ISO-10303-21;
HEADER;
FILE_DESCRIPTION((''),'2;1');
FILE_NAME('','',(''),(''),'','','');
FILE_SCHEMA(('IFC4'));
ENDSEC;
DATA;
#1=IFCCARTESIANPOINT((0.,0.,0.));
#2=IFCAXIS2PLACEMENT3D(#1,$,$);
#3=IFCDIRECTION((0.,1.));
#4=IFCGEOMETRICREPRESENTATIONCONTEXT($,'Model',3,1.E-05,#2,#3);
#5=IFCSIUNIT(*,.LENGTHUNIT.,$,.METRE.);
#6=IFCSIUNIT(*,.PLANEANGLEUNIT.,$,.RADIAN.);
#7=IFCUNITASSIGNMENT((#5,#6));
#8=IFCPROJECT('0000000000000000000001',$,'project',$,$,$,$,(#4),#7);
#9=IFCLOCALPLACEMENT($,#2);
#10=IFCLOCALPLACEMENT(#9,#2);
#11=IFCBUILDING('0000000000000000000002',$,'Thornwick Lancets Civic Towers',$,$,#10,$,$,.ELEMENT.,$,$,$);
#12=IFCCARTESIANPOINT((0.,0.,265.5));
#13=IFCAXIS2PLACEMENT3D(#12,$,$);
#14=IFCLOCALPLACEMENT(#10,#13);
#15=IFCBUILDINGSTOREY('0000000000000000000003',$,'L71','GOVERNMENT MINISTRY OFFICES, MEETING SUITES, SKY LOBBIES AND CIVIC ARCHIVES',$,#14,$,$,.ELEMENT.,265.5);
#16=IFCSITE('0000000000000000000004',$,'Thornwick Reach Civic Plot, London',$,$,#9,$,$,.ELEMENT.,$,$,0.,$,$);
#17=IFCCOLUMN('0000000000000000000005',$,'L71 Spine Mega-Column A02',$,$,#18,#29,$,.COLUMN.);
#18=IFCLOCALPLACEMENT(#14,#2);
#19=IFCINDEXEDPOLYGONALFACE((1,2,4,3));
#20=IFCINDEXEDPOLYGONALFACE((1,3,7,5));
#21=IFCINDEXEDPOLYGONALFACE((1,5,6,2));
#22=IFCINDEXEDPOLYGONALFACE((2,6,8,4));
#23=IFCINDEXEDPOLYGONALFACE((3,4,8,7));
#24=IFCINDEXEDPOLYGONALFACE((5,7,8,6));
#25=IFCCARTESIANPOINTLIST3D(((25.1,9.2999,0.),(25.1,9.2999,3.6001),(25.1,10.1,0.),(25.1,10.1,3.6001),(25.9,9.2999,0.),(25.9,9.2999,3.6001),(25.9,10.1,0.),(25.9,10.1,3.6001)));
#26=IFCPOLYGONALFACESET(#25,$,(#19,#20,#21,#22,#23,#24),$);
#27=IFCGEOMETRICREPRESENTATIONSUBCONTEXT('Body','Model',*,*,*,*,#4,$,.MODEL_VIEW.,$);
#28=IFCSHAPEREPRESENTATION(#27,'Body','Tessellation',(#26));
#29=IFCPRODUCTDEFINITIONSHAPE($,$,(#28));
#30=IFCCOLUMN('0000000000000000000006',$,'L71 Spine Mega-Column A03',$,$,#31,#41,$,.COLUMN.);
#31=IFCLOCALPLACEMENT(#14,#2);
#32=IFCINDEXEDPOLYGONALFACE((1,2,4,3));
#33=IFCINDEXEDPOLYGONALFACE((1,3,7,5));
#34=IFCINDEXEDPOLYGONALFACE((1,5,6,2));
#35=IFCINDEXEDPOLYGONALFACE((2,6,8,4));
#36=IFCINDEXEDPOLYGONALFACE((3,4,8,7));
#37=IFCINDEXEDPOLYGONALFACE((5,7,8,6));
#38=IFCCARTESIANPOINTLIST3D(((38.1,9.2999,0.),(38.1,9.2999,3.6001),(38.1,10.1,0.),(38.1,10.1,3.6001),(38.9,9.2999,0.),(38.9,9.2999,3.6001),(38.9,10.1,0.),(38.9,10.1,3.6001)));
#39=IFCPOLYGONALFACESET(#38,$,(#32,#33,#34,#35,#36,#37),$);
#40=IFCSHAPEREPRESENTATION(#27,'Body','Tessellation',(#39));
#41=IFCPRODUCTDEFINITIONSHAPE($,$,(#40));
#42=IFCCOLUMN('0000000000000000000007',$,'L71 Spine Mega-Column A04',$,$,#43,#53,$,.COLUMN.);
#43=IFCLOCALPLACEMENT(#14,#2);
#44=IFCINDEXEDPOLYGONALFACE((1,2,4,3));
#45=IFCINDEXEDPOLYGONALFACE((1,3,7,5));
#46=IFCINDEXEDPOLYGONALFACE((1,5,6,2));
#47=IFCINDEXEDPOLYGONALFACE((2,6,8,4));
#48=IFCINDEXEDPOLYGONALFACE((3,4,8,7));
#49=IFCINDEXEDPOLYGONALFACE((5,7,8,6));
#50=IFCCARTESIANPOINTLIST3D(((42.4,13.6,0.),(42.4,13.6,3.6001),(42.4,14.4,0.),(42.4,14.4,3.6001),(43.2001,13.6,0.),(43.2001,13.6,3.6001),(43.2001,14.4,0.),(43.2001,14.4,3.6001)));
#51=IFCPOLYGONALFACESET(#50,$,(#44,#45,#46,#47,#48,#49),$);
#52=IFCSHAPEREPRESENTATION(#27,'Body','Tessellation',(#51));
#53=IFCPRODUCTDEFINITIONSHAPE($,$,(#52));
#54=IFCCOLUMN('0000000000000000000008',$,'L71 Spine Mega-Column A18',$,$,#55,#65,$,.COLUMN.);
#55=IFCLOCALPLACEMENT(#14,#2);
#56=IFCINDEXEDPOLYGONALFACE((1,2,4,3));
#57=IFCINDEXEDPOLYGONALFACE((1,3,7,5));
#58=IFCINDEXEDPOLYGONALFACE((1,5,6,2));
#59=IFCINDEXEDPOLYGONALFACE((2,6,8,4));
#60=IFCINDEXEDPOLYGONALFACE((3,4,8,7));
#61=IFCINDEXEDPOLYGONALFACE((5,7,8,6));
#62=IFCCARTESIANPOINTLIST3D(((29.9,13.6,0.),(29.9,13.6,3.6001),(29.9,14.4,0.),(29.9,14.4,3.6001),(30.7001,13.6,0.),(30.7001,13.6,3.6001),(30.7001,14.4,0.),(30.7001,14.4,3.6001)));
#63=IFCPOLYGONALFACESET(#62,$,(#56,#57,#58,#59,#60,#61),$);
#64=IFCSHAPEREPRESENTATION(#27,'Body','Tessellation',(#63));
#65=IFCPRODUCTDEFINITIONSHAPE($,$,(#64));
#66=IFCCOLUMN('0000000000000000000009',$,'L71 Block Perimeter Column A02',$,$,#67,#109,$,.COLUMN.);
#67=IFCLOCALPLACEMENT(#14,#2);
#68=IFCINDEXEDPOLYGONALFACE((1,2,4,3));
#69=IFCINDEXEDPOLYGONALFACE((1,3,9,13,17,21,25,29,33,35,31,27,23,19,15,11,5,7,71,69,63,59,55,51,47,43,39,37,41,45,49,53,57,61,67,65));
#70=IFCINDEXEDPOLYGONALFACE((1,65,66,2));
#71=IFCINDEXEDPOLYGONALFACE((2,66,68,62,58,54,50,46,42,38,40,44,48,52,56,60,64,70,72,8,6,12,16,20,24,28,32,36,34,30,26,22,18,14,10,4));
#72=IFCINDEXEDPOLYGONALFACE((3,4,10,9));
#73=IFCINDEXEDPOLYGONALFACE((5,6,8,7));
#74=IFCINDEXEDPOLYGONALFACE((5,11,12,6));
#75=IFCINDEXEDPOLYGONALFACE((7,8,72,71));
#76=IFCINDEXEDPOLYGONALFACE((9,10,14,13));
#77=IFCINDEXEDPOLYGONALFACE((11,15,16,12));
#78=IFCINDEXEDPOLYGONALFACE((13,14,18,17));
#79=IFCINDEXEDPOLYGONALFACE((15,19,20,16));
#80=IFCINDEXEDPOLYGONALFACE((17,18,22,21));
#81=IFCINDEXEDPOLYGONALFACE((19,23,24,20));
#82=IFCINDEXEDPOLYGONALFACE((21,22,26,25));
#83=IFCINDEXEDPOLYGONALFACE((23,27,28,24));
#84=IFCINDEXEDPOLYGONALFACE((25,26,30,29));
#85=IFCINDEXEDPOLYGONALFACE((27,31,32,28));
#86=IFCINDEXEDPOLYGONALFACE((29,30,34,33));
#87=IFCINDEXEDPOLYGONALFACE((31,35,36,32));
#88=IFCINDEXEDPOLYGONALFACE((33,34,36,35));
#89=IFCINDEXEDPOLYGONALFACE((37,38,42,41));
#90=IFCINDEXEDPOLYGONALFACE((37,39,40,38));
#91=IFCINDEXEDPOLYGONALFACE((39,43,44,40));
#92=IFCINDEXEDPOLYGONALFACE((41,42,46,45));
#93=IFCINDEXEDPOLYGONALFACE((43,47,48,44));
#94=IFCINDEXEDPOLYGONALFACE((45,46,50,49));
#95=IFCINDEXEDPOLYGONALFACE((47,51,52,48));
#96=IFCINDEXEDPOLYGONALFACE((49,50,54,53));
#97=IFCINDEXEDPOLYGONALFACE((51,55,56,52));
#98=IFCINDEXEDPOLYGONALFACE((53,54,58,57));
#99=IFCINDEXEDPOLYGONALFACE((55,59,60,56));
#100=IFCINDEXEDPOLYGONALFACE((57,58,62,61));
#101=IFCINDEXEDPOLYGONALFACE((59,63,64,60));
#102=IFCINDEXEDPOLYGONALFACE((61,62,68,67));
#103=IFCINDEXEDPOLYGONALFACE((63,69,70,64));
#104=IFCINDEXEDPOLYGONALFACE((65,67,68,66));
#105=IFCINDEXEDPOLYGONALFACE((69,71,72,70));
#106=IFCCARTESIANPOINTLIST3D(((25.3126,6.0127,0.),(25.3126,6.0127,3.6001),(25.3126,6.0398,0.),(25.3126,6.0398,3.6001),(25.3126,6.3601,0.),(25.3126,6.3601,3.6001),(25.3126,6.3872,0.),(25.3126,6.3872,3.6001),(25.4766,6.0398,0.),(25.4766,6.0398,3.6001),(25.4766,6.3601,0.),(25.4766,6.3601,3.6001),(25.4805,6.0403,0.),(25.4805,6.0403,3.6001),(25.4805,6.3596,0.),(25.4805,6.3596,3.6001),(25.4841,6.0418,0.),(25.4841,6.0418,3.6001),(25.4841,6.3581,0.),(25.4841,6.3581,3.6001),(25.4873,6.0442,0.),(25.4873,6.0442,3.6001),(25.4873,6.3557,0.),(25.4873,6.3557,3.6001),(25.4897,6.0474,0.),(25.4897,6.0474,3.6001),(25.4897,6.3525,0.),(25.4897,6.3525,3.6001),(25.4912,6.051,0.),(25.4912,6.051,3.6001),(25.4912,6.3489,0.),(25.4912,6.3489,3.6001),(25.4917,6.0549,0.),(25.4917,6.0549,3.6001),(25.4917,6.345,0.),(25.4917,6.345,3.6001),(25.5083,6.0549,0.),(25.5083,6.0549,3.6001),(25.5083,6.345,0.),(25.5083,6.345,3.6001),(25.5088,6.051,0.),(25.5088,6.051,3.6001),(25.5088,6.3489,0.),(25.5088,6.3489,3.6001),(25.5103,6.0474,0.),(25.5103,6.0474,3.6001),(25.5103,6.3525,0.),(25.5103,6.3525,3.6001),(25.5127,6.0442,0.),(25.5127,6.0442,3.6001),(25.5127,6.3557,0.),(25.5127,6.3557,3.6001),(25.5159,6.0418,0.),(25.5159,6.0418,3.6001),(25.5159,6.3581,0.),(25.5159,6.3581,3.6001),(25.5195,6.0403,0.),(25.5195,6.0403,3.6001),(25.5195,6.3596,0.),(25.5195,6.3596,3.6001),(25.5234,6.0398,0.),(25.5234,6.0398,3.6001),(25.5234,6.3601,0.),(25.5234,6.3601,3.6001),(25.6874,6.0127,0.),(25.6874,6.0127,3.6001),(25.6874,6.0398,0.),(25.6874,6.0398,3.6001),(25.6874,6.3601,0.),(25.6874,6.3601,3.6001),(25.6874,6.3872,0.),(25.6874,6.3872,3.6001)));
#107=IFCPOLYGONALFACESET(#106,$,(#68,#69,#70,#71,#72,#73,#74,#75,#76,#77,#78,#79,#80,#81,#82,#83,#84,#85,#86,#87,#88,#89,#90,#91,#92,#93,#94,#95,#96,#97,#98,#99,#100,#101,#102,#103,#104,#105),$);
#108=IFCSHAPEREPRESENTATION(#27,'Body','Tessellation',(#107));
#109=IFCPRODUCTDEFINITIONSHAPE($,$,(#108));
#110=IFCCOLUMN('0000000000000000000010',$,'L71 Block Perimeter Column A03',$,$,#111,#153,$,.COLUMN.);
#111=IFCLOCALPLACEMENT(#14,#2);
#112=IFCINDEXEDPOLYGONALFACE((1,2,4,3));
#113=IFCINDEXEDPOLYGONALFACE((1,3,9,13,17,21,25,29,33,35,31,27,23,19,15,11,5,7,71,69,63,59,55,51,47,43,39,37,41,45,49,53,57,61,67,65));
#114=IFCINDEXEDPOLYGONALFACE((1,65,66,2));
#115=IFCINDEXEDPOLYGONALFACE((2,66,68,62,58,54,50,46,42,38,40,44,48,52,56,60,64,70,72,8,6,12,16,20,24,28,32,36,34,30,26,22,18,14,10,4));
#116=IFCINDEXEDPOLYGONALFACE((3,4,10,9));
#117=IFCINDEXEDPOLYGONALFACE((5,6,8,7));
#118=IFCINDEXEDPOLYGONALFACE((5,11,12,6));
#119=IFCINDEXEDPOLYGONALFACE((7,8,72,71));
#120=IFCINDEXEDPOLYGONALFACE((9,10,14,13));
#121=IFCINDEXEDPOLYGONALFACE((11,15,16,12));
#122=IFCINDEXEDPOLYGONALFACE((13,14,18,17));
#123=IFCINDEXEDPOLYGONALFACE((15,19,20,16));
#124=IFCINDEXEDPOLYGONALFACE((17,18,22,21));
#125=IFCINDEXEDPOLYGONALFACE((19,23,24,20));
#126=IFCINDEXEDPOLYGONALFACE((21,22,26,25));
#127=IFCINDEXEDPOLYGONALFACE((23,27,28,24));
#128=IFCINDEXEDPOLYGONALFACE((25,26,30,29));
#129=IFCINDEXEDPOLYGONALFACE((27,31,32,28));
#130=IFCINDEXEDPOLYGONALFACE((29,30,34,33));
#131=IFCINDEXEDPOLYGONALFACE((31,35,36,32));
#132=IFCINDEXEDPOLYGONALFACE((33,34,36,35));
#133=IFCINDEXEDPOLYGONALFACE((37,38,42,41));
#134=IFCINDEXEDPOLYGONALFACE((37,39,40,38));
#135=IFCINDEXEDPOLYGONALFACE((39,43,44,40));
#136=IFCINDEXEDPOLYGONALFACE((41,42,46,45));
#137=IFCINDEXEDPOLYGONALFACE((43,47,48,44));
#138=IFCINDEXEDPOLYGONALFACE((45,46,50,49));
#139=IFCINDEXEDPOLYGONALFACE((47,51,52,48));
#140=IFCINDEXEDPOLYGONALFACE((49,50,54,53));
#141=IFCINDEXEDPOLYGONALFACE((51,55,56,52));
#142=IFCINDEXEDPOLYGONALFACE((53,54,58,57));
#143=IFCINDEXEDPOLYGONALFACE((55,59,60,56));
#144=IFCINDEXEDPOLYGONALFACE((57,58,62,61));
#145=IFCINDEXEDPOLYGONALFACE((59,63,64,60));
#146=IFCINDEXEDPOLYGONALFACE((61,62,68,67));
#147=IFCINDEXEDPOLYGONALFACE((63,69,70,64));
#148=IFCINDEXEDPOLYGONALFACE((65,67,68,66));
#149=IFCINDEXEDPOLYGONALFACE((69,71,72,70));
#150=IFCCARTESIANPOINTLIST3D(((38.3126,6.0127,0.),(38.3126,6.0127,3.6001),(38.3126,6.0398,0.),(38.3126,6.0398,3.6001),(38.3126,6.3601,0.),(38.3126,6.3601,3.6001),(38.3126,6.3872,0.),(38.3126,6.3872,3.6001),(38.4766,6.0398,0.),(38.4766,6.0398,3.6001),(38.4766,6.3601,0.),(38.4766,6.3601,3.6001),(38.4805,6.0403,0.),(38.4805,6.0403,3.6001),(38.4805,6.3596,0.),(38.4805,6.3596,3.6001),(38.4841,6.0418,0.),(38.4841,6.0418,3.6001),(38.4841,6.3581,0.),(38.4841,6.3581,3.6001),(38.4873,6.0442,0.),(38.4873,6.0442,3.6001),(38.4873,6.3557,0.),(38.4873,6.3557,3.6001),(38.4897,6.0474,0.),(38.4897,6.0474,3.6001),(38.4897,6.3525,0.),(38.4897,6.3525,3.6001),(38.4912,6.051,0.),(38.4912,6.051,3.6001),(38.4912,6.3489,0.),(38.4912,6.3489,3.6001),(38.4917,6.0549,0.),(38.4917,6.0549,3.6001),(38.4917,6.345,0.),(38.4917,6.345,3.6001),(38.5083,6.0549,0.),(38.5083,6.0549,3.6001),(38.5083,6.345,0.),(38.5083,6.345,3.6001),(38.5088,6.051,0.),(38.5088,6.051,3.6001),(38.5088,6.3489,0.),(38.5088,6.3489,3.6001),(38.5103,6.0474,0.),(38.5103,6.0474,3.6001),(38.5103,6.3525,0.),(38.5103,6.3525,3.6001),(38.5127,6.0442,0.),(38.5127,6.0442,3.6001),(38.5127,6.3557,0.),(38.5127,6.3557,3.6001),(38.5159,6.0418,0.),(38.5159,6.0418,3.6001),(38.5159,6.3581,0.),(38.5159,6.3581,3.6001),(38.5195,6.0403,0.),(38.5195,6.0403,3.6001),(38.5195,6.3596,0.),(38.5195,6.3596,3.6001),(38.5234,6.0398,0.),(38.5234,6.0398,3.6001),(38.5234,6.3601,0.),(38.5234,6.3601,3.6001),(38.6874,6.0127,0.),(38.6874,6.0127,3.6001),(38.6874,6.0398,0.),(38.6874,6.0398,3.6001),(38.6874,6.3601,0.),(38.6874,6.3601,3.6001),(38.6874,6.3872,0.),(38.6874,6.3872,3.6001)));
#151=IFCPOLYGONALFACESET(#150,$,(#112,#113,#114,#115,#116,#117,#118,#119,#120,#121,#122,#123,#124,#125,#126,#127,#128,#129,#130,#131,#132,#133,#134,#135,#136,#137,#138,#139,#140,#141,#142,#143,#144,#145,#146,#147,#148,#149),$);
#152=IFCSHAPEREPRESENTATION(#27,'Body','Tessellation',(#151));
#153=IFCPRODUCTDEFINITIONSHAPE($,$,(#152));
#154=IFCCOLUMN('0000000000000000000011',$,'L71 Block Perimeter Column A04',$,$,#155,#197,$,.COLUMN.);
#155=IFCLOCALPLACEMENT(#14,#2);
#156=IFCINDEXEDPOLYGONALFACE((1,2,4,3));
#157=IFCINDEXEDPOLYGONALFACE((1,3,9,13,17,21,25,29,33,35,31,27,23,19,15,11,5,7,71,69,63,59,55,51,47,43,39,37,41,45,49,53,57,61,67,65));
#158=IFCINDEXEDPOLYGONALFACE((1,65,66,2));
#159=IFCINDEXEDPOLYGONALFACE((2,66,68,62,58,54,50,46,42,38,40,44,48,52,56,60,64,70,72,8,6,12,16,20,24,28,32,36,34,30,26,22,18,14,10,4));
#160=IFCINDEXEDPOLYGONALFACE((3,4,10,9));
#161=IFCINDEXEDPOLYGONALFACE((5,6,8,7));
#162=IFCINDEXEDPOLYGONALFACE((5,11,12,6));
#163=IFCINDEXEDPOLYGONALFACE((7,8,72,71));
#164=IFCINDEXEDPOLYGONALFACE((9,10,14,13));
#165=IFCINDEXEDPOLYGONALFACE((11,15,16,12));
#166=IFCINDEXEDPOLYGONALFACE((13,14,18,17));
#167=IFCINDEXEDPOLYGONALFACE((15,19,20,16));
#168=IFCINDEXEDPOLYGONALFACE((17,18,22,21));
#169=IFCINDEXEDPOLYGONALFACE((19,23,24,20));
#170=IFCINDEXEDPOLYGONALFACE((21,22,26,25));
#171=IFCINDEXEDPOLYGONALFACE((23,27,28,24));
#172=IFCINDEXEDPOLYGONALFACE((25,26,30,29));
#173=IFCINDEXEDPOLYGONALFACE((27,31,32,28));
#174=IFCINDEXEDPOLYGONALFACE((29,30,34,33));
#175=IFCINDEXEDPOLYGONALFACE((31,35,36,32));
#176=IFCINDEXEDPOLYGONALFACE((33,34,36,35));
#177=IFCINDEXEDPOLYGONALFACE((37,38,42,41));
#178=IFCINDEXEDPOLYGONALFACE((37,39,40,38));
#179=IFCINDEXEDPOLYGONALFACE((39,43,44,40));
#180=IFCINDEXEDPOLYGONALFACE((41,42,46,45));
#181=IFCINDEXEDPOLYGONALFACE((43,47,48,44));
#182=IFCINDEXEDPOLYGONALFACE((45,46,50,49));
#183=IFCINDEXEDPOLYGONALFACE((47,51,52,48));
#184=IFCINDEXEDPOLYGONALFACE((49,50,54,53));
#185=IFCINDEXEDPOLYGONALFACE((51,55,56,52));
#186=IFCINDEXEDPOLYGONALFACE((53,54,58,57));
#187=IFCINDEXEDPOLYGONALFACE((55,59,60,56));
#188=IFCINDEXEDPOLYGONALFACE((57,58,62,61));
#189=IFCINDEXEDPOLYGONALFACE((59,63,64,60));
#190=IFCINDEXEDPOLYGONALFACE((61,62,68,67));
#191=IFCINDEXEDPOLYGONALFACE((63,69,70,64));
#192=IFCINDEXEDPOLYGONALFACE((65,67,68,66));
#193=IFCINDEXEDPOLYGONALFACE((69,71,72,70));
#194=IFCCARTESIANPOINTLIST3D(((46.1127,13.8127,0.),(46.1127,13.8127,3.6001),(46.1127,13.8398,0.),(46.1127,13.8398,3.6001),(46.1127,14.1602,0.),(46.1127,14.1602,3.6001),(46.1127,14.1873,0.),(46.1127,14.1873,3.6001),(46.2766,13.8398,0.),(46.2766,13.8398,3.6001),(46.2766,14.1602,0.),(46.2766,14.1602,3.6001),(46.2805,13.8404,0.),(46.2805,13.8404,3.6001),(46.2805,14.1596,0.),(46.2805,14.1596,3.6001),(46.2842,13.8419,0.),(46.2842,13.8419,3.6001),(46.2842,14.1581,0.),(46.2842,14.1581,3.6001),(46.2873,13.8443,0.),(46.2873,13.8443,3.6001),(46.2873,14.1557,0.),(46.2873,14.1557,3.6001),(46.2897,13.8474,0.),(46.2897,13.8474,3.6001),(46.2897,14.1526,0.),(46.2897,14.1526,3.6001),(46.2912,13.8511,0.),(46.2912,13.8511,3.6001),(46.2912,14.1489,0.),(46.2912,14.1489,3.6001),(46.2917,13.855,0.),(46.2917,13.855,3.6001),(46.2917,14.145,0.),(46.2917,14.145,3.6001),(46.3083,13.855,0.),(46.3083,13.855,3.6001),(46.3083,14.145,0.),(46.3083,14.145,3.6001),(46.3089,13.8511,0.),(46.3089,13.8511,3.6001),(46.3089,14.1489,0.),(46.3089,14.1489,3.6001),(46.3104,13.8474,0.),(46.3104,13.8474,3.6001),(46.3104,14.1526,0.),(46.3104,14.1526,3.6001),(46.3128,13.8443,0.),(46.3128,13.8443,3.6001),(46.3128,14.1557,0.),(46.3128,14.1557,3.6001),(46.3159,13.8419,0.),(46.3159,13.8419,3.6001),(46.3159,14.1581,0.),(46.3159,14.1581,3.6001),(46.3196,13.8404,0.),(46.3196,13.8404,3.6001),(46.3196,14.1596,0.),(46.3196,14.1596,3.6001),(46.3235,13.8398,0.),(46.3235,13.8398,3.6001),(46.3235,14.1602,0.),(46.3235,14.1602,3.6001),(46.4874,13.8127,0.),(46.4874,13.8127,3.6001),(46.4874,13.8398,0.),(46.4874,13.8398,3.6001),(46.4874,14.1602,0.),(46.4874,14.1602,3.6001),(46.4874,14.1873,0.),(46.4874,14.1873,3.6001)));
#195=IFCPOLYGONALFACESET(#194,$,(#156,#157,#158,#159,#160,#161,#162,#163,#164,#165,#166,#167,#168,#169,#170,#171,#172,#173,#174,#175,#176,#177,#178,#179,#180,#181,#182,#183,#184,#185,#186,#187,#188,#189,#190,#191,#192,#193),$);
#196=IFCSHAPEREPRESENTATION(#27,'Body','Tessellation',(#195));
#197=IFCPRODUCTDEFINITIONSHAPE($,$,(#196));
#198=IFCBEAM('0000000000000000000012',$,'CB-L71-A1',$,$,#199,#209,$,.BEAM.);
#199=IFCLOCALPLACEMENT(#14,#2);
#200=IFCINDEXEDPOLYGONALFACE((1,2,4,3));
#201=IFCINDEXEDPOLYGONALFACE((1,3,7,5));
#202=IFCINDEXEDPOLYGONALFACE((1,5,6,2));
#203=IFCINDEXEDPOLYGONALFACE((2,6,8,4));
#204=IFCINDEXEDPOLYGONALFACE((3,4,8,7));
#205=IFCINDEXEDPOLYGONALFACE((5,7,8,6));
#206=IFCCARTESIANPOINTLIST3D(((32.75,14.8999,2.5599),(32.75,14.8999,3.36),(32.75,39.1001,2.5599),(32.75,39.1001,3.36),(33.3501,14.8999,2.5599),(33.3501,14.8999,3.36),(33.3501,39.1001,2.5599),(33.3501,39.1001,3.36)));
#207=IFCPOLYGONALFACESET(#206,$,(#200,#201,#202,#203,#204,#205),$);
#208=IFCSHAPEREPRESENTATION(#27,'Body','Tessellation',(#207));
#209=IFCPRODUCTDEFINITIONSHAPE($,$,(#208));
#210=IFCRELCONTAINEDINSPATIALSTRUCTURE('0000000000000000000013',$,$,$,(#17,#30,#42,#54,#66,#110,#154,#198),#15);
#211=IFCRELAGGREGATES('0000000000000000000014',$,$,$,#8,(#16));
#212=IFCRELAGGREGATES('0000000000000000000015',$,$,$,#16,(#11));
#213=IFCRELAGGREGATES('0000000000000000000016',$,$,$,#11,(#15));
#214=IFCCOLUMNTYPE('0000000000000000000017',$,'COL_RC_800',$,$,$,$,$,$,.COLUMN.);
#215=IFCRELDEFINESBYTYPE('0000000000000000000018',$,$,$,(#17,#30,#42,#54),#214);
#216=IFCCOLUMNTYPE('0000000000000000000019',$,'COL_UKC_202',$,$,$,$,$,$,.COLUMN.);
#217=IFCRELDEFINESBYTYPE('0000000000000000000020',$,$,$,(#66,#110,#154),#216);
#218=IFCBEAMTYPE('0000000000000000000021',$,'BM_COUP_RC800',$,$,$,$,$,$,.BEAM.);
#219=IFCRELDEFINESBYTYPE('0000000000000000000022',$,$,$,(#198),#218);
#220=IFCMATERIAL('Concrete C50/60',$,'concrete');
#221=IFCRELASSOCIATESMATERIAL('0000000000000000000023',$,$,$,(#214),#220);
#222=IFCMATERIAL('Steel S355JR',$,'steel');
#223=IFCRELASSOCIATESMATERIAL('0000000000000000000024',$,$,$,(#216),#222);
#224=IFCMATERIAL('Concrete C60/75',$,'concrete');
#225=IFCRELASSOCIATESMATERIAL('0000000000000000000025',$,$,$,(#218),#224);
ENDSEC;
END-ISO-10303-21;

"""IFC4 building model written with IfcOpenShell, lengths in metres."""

from ifc_helpers import new_model, si_unit, direction, frame, origin, origin_2d, place, context, subcontext, project, spatial, rectangle, i_section, extrude, material, material_profile, profile_set, type_object, element, save


model = new_model("IFC4")

# Units and contexts
model_context = context("Model", 3, precision=1e-05, world=origin(), true_north=direction((0.0, 1.0)))
body_context = subcontext(model_context, "Body", "Model", "MODEL_VIEW")
ifc_project = project(units=[si_unit("LENGTHUNIT", "METRE"), si_unit("PLANEANGLEUNIT", "RADIAN")], contexts=[model_context])

# Site, building, storey
site_placement = place(None, origin())
site = spatial("IfcSite", under=ifc_project, at=site_placement, Name="Thornwick Reach Civic Plot, London", CompositionType="ELEMENT", RefElevation=0.0)
building_placement = place(site_placement, origin())
building = spatial("IfcBuilding", under=site, at=building_placement, Name="Thornwick Lancets Civic Towers", CompositionType="ELEMENT")
storey_placement = place(building_placement, frame((0.0, 0.0, 265.5)))
storey = spatial("IfcBuildingStorey", under=building, at=storey_placement, Name="L71", Description="GOVERNMENT MINISTRY OFFICES, MEETING SUITES, SKY LOBBIES AND CIVIC ARCHIVES", CompositionType="ELEMENT", Elevation=265.5)

# Columns
ifc_material_1 = material(Name="Concrete C50/60", Category="concrete")
ifc_material_profile_1 = material_profile(ifc_material_1, rectangle(XDim=0.8, YDim=0.8, at=origin_2d()), Name="RC 800x800")
ifc_profile_set_1 = profile_set([ifc_material_profile_1], Name="Concrete C50/60")
column_type_1 = type_object("IfcColumnType", Name="COL_RC_800", PredefinedType="COLUMN", material=ifc_profile_set_1)
for number, where, z_axis, x_axis, name in (
    (1, (25.5, 9.7, 0.0), (0.0, 0.0, 1.0), (1.0, 0.0, 0.0), "L71 Spine Mega-Column A02"),
    (2, (38.5, 9.7, 0.0), (0.0, 0.0, 1.0), (1.0, 0.0, 0.0), "L71 Spine Mega-Column A03"),
    (3, (42.8, 14.0, 0.0), (0.0, 0.0, 1.0), (1.0, 0.0, 0.0), "L71 Spine Mega-Column A04"),
    (4, (30.3, 14.0, 0.0), (0.0, 0.0, 1.0), (1.0, 0.0, 0.0), "L71 Spine Mega-Column A18"),
):
    element("IfcColumn", number, at=place(storey_placement, frame(where, z_axis=z_axis, x_axis=x_axis)), inside=storey, type_object=column_type_1, Name=name, PredefinedType="COLUMN", context=body_context, shape_type="SweptSolid", body=[
        extrude(rectangle(XDim=0.8, YDim=0.8, at=origin_2d()), origin(), (0.0, 0.0, 1.0), 3.6001),
    ])
ifc_material_2 = material(Name="Steel S355JR", Category="steel")
ifc_material_profile_2 = material_profile(ifc_material_2, i_section(OverallWidth=0.3748, OverallDepth=0.3745, WebThickness=0.0166, FlangeThickness=0.0271, FilletRadius=0.0151, at=origin_2d()), Name="UKC 356x368x202")
ifc_profile_set_2 = profile_set([ifc_material_profile_2], Name="Steel S355JR")
column_type_2 = type_object("IfcColumnType", Name="COL_UKC_202", PredefinedType="COLUMN", material=ifc_profile_set_2)
for number, where, z_axis, x_axis, name in (
    (5, (25.5, 6.2, 0.0), (0.0, 0.0, 1.0), (1.0, 0.0, 0.0), "L71 Block Perimeter Column A02"),
    (6, (38.5, 6.2, 0.0), (0.0, 0.0, 1.0), (1.0, 0.0, 0.0), "L71 Block Perimeter Column A03"),
    (7, (46.3, 14.0, 0.0), (0.0, 0.0, 1.0), (1.0, 0.0, 0.0), "L71 Block Perimeter Column A04"),
):
    element("IfcColumn", number, at=place(storey_placement, frame(where, z_axis=z_axis, x_axis=x_axis)), inside=storey, type_object=column_type_2, Name=name, PredefinedType="COLUMN", context=body_context, shape_type="SweptSolid", body=[
        extrude(i_section(OverallWidth=0.3748, OverallDepth=0.3745, WebThickness=0.0166, FlangeThickness=0.0271, FilletRadius=0.0151, at=origin_2d()), origin(), (0.0, 0.0, 1.0), 3.6001),
    ])

# Beam
ifc_material_3 = material(Name="Concrete C60/75", Category="concrete")
ifc_material_profile_3 = material_profile(ifc_material_3, rectangle(XDim=0.6001, YDim=0.8, at=origin_2d()), Name="RC 600x800")
ifc_profile_set_3 = profile_set([ifc_material_profile_3], Name="Concrete C60/75")
beam_type_1 = type_object("IfcBeamType", Name="BM_COUP_RC800", PredefinedType="BEAM", material=ifc_profile_set_3)
beam_1_placement = place(storey_placement, frame((33.05, 14.8999, 2.96), z_axis=(0.0, 1.0, 0.0), x_axis=(-1.0, 0.0, 0.0)))
element("IfcBeam", 8, at=beam_1_placement, inside=storey, type_object=beam_type_1, Name="CB-L71-A1", PredefinedType="BEAM", context=body_context, shape_type="SweptSolid", body=[
    extrude(rectangle(XDim=0.6001, YDim=0.8, at=origin_2d()), origin(), (0.0, 0.0, 1.0), 24.2002),
])

save(model, "model.ifc")
